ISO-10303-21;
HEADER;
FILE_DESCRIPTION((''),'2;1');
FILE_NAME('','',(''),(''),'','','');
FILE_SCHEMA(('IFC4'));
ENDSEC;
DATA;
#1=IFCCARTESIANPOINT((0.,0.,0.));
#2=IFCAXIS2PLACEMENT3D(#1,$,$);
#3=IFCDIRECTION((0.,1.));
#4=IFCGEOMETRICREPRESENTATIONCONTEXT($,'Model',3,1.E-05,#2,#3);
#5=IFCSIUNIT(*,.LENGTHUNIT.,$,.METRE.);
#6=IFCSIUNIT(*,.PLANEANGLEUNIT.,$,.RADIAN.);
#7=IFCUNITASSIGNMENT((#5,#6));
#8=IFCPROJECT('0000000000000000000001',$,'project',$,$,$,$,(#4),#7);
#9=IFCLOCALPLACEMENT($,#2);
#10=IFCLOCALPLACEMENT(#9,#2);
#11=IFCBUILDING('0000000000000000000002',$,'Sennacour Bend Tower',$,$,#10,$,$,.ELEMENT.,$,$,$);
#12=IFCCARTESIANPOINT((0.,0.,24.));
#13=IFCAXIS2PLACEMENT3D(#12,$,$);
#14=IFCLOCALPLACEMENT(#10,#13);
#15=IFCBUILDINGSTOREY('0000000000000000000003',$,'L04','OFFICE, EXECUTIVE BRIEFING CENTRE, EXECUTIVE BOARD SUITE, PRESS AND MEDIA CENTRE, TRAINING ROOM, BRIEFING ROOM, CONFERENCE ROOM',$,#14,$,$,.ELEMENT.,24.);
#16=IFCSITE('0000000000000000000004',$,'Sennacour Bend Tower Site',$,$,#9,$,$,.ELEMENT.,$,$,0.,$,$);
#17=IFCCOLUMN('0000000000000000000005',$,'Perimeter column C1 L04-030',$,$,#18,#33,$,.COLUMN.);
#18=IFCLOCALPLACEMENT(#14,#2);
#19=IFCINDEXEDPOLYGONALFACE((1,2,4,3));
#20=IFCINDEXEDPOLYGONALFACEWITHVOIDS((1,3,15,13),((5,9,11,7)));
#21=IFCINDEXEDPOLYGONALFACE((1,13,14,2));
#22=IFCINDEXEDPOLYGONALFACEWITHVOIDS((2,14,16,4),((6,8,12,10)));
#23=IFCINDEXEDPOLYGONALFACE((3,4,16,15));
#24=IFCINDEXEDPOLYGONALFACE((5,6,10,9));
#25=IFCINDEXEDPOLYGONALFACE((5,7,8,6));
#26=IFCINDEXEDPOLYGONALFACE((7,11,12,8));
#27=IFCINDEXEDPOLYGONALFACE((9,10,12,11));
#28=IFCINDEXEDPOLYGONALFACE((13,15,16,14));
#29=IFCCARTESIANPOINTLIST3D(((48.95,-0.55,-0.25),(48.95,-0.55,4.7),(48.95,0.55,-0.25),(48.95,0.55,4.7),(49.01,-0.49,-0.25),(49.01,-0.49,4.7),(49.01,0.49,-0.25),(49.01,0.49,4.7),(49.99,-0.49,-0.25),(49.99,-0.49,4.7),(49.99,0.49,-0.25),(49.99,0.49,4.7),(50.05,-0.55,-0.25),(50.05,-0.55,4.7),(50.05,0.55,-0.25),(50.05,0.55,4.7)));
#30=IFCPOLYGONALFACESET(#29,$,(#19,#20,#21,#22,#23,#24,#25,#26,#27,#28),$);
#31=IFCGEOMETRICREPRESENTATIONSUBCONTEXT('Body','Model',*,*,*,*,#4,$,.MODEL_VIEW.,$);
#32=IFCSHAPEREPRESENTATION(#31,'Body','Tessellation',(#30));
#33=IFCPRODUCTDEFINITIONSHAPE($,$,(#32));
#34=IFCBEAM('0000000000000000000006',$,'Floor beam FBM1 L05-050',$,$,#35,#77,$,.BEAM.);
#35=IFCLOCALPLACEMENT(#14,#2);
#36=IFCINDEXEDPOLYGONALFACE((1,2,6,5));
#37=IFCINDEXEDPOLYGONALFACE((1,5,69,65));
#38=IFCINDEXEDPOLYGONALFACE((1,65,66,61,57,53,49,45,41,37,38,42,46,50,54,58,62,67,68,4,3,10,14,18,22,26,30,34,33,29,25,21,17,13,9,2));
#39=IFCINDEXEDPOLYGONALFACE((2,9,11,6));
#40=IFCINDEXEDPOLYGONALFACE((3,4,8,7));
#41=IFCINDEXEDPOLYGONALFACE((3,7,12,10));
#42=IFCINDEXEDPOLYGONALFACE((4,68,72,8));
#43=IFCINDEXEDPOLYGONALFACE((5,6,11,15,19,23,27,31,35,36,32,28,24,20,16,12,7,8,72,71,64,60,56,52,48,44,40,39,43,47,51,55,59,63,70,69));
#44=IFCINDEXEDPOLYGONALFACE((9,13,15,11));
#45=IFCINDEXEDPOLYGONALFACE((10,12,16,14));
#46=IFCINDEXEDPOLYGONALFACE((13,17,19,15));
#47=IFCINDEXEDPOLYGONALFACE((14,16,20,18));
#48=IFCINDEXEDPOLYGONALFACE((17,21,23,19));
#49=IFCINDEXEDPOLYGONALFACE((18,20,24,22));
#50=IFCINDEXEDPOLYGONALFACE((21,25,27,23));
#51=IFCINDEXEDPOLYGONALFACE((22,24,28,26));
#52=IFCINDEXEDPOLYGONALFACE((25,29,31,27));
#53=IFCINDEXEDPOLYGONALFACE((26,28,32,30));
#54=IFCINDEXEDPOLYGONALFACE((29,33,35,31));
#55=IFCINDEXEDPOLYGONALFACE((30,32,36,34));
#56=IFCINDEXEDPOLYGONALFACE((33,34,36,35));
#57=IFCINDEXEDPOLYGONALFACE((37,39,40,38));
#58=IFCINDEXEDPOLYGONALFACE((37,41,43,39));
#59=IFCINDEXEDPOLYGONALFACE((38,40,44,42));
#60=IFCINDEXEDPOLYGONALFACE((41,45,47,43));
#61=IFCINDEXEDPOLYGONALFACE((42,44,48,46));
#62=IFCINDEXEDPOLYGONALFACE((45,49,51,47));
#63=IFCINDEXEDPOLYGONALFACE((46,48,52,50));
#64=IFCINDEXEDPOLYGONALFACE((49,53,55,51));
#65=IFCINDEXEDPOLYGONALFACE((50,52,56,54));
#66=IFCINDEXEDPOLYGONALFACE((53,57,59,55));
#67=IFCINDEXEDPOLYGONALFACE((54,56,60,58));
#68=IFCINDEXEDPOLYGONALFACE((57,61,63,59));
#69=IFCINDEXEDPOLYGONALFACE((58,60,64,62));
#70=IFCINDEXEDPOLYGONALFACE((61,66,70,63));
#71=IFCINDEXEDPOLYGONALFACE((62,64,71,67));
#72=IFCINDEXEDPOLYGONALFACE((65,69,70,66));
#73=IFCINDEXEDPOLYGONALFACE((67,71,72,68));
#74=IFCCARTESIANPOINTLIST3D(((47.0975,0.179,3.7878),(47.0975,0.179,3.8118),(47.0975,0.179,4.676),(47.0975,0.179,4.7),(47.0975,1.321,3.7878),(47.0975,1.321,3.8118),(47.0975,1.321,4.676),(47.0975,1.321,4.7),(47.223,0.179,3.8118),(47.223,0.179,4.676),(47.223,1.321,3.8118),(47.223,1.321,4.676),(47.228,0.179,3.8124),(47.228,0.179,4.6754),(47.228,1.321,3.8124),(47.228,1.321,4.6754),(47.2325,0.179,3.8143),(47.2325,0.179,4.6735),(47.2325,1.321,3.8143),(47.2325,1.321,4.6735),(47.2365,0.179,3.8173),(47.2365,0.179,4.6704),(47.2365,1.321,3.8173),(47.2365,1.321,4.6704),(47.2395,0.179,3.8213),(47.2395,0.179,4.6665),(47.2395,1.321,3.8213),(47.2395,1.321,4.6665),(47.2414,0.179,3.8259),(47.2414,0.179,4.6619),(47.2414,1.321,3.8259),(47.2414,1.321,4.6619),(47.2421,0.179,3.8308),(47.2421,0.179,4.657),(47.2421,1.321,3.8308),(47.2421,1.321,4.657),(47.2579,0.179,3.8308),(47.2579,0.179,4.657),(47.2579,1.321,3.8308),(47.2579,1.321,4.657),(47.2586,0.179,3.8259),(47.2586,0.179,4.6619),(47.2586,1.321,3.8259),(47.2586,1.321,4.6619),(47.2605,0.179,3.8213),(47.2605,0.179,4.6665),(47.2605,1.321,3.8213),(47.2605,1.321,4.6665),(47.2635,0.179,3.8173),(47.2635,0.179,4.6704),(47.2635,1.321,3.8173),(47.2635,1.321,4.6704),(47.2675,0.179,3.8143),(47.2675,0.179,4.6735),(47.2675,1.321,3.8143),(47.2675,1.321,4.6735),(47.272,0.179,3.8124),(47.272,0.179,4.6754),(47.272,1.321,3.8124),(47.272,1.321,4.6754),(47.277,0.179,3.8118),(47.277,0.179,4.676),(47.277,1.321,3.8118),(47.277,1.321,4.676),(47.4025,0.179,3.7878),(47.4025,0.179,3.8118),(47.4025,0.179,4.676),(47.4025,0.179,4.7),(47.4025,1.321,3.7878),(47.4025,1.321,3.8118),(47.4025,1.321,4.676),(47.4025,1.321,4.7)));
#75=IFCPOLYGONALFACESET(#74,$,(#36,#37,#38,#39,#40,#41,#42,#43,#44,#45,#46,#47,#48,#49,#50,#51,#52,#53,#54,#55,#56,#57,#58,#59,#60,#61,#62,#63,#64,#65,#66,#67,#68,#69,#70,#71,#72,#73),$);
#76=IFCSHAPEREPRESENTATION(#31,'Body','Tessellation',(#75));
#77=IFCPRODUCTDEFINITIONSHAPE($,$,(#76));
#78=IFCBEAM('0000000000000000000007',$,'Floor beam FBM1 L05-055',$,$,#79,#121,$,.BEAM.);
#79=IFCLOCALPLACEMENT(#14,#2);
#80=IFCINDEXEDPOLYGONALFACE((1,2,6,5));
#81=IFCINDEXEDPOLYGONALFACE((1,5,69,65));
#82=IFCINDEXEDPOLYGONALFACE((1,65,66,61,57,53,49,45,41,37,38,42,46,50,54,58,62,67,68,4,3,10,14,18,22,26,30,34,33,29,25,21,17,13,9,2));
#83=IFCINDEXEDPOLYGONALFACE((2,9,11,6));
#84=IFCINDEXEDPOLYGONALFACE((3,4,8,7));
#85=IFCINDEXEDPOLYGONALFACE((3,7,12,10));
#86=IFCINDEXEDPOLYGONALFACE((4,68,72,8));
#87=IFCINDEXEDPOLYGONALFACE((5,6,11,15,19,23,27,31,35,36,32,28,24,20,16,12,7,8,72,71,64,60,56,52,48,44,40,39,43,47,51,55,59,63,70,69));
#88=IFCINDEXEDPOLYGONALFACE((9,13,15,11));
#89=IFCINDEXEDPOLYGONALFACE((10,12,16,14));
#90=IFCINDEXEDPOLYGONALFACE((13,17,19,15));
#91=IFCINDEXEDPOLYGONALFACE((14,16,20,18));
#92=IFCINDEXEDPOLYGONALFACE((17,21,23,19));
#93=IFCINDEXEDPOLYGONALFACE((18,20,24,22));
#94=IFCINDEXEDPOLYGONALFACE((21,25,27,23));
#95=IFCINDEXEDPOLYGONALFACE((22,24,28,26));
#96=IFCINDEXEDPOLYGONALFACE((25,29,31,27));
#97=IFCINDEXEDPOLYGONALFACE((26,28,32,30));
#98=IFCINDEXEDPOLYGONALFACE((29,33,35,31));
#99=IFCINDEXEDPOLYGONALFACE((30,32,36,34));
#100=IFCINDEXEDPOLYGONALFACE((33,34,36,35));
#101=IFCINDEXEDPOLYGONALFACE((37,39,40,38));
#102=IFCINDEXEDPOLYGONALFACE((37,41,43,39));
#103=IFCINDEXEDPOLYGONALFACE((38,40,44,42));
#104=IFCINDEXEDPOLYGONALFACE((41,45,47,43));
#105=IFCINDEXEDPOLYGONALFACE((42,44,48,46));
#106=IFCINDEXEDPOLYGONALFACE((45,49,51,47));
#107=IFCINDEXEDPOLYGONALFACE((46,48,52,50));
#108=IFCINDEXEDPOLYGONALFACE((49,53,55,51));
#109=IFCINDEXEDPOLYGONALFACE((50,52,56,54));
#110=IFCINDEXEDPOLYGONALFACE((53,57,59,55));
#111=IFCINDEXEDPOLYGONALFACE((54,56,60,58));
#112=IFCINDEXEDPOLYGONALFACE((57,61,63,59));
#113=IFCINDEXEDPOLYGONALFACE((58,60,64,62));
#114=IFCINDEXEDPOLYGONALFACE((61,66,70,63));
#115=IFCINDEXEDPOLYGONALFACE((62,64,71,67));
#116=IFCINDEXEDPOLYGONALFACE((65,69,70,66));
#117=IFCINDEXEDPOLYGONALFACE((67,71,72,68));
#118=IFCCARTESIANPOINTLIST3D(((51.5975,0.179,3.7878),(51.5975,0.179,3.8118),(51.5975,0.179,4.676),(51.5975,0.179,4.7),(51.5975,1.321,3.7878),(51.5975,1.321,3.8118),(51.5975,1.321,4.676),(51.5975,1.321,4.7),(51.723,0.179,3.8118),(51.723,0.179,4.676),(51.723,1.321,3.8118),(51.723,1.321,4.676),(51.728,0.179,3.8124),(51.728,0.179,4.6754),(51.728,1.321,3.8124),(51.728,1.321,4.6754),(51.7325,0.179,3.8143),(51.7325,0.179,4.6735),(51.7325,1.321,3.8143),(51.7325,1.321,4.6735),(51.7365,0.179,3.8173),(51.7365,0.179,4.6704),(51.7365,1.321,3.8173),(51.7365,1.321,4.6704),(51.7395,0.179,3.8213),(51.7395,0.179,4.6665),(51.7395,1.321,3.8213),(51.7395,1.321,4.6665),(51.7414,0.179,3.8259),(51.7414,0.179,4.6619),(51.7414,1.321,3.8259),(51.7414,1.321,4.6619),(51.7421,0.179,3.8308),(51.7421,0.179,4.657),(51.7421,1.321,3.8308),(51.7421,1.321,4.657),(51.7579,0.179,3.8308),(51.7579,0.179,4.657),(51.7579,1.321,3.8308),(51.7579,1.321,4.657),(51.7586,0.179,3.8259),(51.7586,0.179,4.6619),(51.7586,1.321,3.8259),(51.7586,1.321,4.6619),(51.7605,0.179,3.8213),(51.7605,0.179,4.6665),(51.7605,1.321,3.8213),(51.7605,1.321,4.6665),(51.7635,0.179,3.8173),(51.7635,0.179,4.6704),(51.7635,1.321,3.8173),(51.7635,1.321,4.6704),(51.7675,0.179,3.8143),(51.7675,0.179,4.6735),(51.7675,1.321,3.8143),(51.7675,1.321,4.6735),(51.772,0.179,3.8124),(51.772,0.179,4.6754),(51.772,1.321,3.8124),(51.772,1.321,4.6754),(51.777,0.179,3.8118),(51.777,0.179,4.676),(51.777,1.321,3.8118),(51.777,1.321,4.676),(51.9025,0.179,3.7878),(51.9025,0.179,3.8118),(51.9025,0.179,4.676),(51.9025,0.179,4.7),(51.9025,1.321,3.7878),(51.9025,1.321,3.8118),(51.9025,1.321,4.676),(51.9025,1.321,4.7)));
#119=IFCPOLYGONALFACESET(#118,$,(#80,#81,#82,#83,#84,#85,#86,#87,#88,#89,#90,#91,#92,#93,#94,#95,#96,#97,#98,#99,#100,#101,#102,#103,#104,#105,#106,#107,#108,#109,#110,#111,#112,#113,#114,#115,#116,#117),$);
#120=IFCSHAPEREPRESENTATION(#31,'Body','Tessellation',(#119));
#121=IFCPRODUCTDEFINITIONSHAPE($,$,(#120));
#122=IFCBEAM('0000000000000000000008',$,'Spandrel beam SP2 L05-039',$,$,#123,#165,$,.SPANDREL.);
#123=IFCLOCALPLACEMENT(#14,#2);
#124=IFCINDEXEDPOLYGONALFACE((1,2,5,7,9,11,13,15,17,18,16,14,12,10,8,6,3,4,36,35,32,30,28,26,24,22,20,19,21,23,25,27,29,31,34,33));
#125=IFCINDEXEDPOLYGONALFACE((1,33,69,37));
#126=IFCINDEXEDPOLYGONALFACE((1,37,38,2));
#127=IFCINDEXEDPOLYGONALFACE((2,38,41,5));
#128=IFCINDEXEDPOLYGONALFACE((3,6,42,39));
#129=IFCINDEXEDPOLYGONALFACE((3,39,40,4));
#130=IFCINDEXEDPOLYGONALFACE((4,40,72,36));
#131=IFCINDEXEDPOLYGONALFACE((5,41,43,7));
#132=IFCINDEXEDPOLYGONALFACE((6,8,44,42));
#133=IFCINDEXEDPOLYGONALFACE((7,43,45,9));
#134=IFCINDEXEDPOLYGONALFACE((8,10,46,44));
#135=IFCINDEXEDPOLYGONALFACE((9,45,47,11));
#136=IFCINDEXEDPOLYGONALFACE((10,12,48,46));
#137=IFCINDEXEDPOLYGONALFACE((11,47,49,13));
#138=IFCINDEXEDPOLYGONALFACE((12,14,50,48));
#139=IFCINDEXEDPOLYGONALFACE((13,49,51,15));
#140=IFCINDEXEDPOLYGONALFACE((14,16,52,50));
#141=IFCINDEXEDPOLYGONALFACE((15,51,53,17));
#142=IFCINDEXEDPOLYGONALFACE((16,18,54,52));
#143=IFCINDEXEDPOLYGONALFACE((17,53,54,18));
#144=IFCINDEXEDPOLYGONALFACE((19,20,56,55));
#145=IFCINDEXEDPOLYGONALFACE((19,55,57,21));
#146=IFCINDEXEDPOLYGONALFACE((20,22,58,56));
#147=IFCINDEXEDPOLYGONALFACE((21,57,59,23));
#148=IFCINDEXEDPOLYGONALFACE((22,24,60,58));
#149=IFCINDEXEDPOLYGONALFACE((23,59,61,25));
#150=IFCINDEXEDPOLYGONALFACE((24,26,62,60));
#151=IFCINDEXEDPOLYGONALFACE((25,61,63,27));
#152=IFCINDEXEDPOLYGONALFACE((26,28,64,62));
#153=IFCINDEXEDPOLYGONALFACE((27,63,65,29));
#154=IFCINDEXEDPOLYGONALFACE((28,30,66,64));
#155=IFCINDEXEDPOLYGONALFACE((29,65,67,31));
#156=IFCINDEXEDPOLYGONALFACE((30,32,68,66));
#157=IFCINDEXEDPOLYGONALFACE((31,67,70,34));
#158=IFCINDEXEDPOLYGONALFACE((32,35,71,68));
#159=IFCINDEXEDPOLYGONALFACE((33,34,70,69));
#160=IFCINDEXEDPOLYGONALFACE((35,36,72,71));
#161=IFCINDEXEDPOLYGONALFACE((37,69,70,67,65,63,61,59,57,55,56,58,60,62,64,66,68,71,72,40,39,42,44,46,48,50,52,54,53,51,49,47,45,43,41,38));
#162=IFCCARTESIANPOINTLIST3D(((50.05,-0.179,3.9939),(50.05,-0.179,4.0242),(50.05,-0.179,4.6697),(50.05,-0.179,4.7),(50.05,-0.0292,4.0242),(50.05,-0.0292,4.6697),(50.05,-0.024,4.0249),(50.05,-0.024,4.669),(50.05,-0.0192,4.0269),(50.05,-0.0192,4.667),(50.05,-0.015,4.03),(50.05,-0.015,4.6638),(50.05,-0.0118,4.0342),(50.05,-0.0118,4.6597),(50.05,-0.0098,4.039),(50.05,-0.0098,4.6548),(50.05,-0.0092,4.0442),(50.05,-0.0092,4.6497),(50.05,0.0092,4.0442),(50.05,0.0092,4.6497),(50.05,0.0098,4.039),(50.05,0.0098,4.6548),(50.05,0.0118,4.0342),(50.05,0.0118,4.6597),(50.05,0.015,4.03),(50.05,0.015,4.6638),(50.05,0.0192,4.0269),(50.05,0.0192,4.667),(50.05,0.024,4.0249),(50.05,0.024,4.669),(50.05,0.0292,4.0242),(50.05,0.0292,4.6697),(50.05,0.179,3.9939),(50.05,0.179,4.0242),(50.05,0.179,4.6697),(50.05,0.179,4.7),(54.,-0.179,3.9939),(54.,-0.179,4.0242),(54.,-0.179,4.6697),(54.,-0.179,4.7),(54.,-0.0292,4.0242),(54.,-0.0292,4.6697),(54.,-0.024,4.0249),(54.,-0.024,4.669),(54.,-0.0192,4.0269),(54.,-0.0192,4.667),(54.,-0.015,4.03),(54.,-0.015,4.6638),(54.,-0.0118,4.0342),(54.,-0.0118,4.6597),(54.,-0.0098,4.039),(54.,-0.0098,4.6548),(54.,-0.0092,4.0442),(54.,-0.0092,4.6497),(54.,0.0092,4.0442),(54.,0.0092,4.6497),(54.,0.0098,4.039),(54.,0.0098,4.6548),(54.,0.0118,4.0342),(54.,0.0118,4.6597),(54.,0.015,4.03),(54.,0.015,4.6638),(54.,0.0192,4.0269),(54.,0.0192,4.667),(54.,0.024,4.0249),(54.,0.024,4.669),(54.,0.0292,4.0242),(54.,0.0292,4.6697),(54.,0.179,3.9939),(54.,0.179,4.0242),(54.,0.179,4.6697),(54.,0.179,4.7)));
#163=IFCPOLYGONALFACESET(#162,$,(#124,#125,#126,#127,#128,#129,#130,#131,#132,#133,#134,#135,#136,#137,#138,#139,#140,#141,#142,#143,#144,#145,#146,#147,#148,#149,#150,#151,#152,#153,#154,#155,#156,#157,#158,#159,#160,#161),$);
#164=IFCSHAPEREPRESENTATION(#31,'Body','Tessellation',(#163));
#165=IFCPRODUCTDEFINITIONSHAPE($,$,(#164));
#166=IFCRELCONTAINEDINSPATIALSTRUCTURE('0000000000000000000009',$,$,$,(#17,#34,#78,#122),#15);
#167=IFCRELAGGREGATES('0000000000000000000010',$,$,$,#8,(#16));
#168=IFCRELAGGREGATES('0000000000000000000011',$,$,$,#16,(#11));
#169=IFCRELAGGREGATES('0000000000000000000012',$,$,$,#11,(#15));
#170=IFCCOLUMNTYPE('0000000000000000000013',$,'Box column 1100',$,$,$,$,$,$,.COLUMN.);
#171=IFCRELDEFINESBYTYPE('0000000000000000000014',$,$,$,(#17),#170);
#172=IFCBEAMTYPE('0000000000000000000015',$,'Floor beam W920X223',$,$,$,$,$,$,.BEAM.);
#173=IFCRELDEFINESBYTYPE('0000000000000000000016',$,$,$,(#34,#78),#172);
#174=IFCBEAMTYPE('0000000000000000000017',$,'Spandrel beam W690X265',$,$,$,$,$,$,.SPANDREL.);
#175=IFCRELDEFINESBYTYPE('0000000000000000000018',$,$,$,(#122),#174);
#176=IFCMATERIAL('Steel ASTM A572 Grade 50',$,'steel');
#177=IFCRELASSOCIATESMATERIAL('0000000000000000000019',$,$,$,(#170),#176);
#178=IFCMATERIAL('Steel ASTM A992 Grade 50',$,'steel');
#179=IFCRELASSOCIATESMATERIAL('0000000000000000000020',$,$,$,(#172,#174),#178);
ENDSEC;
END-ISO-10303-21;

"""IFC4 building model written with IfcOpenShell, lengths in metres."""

from ifc_helpers import new_model, si_unit, direction, frame, origin, origin_2d, place, context, subcontext, project, spatial, hollow_rectangle, i_section, extrude, material, material_profile, profile_set, type_object, element, save


model = new_model("IFC4")

# Units and contexts
model_context = context("Model", 3, precision=1e-05, world=origin(), true_north=direction((0.0, 1.0)))
body_context = subcontext(model_context, "Body", "Model", "MODEL_VIEW")
ifc_project = project(units=[si_unit("LENGTHUNIT", "METRE"), si_unit("PLANEANGLEUNIT", "RADIAN")], contexts=[model_context])

# Site, building, storey
site_placement = place(None, origin())
site = spatial("IfcSite", under=ifc_project, at=site_placement, Name="Sennacour Bend Tower Site", CompositionType="ELEMENT", RefElevation=0.0)
building_placement = place(site_placement, origin())
building = spatial("IfcBuilding", under=site, at=building_placement, Name="Sennacour Bend Tower", CompositionType="ELEMENT")
storey_placement = place(building_placement, frame((0.0, 0.0, 24.0)))
storey = spatial("IfcBuildingStorey", under=building, at=storey_placement, Name="L04", Description="OFFICE, EXECUTIVE BRIEFING CENTRE, EXECUTIVE BOARD SUITE, PRESS AND MEDIA CENTRE, TRAINING ROOM, BRIEFING ROOM, CONFERENCE ROOM", CompositionType="ELEMENT", Elevation=24.0)

# Column
ifc_material_1 = material(Name="Steel ASTM A572 Grade 50", Category="steel")
ifc_material_profile_1 = material_profile(ifc_material_1, hollow_rectangle(XDim=1.1001, YDim=1.1001, WallThickness=0.0601, at=origin_2d()), Name="Steel ASTM A572 Grade 50", Category="steel")
ifc_profile_set_1 = profile_set([ifc_material_profile_1], Name="Steel ASTM A572 Grade 50")
column_type = type_object("IfcColumnType", Name="Box column 1100", PredefinedType="COLUMN", material=ifc_profile_set_1)
column_placement = place(storey_placement, frame((49.5, 0.0, -0.25), z_axis=(0.0, 0.0, 1.0), x_axis=(1.0, 0.0, 0.0)))
element("IfcColumn", 1, at=column_placement, inside=storey, type_object=column_type, Name="Perimeter column C1 L04-030", PredefinedType="COLUMN", context=body_context, shape_type="SweptSolid", body=[
    extrude(hollow_rectangle(XDim=1.1001, YDim=1.1001, WallThickness=0.0601, at=origin_2d()), origin(), (0.0, 0.0, 1.0), 4.95),
])

# Beams
ifc_material_2 = material(Name="Steel ASTM A992 Grade 50", Category="steel")
ifc_material_profile_2 = material_profile(ifc_material_2, i_section(OverallWidth=0.3049, OverallDepth=0.9121, WebThickness=0.0159, FlangeThickness=0.0239, FilletRadius=0.019, at=origin_2d()), Name="Steel ASTM A992 Grade 50", Category="steel")
ifc_profile_set_2 = profile_set([ifc_material_profile_2], Name="Steel ASTM A992 Grade 50")
beam_type_1 = type_object("IfcBeamType", Name="Floor beam W920X223", PredefinedType="BEAM", material=ifc_profile_set_2)
for number, where, z_axis, x_axis, name in (
    (2, (47.25, 0.179, 4.2439), (0.0, 1.0, 0.0), (-1.0, 0.0, 0.0), "Floor beam FBM1 L05-050"),
    (3, (51.75, 0.179, 4.2439), (0.0, 1.0, 0.0), (-1.0, 0.0, 0.0), "Floor beam FBM1 L05-055"),
):
    element("IfcBeam", number, at=place(storey_placement, frame(where, z_axis=z_axis, x_axis=x_axis)), inside=storey, type_object=beam_type_1, Name=name, PredefinedType="BEAM", context=body_context, shape_type="SweptSolid", body=[
        extrude(i_section(OverallWidth=0.3049, OverallDepth=0.9121, WebThickness=0.0159, FlangeThickness=0.0239, FilletRadius=0.019, at=origin_2d()), origin(), (0.0, 0.0, 1.0), 1.1421),
    ])
ifc_material_profile_3 = material_profile(ifc_material_2, i_section(OverallWidth=0.3579, OverallDepth=0.7061, WebThickness=0.0183, FlangeThickness=0.0303, FilletRadius=0.02, at=origin_2d()), Name="Steel ASTM A992 Grade 50", Category="steel")
ifc_profile_set_3 = profile_set([ifc_material_profile_3], Name="Steel ASTM A992 Grade 50")
beam_type_2 = type_object("IfcBeamType", Name="Spandrel beam W690X265", PredefinedType="SPANDREL", material=ifc_profile_set_3)
beam_1_placement = place(storey_placement, frame((54.0, 0.0, 4.3469), z_axis=(-1.0, 0.0, 0.0), x_axis=(0.0, -1.0, 0.0)))
element("IfcBeam", 4, at=beam_1_placement, inside=storey, type_object=beam_type_2, Name="Spandrel beam SP2 L05-039", PredefinedType="SPANDREL", context=body_context, shape_type="SweptSolid", body=[
    extrude(i_section(OverallWidth=0.3579, OverallDepth=0.7061, WebThickness=0.0183, FlangeThickness=0.0303, FilletRadius=0.02, at=origin_2d()), origin(), (0.0, 0.0, 1.0), 3.95),
])

save(model, "model.ifc")
